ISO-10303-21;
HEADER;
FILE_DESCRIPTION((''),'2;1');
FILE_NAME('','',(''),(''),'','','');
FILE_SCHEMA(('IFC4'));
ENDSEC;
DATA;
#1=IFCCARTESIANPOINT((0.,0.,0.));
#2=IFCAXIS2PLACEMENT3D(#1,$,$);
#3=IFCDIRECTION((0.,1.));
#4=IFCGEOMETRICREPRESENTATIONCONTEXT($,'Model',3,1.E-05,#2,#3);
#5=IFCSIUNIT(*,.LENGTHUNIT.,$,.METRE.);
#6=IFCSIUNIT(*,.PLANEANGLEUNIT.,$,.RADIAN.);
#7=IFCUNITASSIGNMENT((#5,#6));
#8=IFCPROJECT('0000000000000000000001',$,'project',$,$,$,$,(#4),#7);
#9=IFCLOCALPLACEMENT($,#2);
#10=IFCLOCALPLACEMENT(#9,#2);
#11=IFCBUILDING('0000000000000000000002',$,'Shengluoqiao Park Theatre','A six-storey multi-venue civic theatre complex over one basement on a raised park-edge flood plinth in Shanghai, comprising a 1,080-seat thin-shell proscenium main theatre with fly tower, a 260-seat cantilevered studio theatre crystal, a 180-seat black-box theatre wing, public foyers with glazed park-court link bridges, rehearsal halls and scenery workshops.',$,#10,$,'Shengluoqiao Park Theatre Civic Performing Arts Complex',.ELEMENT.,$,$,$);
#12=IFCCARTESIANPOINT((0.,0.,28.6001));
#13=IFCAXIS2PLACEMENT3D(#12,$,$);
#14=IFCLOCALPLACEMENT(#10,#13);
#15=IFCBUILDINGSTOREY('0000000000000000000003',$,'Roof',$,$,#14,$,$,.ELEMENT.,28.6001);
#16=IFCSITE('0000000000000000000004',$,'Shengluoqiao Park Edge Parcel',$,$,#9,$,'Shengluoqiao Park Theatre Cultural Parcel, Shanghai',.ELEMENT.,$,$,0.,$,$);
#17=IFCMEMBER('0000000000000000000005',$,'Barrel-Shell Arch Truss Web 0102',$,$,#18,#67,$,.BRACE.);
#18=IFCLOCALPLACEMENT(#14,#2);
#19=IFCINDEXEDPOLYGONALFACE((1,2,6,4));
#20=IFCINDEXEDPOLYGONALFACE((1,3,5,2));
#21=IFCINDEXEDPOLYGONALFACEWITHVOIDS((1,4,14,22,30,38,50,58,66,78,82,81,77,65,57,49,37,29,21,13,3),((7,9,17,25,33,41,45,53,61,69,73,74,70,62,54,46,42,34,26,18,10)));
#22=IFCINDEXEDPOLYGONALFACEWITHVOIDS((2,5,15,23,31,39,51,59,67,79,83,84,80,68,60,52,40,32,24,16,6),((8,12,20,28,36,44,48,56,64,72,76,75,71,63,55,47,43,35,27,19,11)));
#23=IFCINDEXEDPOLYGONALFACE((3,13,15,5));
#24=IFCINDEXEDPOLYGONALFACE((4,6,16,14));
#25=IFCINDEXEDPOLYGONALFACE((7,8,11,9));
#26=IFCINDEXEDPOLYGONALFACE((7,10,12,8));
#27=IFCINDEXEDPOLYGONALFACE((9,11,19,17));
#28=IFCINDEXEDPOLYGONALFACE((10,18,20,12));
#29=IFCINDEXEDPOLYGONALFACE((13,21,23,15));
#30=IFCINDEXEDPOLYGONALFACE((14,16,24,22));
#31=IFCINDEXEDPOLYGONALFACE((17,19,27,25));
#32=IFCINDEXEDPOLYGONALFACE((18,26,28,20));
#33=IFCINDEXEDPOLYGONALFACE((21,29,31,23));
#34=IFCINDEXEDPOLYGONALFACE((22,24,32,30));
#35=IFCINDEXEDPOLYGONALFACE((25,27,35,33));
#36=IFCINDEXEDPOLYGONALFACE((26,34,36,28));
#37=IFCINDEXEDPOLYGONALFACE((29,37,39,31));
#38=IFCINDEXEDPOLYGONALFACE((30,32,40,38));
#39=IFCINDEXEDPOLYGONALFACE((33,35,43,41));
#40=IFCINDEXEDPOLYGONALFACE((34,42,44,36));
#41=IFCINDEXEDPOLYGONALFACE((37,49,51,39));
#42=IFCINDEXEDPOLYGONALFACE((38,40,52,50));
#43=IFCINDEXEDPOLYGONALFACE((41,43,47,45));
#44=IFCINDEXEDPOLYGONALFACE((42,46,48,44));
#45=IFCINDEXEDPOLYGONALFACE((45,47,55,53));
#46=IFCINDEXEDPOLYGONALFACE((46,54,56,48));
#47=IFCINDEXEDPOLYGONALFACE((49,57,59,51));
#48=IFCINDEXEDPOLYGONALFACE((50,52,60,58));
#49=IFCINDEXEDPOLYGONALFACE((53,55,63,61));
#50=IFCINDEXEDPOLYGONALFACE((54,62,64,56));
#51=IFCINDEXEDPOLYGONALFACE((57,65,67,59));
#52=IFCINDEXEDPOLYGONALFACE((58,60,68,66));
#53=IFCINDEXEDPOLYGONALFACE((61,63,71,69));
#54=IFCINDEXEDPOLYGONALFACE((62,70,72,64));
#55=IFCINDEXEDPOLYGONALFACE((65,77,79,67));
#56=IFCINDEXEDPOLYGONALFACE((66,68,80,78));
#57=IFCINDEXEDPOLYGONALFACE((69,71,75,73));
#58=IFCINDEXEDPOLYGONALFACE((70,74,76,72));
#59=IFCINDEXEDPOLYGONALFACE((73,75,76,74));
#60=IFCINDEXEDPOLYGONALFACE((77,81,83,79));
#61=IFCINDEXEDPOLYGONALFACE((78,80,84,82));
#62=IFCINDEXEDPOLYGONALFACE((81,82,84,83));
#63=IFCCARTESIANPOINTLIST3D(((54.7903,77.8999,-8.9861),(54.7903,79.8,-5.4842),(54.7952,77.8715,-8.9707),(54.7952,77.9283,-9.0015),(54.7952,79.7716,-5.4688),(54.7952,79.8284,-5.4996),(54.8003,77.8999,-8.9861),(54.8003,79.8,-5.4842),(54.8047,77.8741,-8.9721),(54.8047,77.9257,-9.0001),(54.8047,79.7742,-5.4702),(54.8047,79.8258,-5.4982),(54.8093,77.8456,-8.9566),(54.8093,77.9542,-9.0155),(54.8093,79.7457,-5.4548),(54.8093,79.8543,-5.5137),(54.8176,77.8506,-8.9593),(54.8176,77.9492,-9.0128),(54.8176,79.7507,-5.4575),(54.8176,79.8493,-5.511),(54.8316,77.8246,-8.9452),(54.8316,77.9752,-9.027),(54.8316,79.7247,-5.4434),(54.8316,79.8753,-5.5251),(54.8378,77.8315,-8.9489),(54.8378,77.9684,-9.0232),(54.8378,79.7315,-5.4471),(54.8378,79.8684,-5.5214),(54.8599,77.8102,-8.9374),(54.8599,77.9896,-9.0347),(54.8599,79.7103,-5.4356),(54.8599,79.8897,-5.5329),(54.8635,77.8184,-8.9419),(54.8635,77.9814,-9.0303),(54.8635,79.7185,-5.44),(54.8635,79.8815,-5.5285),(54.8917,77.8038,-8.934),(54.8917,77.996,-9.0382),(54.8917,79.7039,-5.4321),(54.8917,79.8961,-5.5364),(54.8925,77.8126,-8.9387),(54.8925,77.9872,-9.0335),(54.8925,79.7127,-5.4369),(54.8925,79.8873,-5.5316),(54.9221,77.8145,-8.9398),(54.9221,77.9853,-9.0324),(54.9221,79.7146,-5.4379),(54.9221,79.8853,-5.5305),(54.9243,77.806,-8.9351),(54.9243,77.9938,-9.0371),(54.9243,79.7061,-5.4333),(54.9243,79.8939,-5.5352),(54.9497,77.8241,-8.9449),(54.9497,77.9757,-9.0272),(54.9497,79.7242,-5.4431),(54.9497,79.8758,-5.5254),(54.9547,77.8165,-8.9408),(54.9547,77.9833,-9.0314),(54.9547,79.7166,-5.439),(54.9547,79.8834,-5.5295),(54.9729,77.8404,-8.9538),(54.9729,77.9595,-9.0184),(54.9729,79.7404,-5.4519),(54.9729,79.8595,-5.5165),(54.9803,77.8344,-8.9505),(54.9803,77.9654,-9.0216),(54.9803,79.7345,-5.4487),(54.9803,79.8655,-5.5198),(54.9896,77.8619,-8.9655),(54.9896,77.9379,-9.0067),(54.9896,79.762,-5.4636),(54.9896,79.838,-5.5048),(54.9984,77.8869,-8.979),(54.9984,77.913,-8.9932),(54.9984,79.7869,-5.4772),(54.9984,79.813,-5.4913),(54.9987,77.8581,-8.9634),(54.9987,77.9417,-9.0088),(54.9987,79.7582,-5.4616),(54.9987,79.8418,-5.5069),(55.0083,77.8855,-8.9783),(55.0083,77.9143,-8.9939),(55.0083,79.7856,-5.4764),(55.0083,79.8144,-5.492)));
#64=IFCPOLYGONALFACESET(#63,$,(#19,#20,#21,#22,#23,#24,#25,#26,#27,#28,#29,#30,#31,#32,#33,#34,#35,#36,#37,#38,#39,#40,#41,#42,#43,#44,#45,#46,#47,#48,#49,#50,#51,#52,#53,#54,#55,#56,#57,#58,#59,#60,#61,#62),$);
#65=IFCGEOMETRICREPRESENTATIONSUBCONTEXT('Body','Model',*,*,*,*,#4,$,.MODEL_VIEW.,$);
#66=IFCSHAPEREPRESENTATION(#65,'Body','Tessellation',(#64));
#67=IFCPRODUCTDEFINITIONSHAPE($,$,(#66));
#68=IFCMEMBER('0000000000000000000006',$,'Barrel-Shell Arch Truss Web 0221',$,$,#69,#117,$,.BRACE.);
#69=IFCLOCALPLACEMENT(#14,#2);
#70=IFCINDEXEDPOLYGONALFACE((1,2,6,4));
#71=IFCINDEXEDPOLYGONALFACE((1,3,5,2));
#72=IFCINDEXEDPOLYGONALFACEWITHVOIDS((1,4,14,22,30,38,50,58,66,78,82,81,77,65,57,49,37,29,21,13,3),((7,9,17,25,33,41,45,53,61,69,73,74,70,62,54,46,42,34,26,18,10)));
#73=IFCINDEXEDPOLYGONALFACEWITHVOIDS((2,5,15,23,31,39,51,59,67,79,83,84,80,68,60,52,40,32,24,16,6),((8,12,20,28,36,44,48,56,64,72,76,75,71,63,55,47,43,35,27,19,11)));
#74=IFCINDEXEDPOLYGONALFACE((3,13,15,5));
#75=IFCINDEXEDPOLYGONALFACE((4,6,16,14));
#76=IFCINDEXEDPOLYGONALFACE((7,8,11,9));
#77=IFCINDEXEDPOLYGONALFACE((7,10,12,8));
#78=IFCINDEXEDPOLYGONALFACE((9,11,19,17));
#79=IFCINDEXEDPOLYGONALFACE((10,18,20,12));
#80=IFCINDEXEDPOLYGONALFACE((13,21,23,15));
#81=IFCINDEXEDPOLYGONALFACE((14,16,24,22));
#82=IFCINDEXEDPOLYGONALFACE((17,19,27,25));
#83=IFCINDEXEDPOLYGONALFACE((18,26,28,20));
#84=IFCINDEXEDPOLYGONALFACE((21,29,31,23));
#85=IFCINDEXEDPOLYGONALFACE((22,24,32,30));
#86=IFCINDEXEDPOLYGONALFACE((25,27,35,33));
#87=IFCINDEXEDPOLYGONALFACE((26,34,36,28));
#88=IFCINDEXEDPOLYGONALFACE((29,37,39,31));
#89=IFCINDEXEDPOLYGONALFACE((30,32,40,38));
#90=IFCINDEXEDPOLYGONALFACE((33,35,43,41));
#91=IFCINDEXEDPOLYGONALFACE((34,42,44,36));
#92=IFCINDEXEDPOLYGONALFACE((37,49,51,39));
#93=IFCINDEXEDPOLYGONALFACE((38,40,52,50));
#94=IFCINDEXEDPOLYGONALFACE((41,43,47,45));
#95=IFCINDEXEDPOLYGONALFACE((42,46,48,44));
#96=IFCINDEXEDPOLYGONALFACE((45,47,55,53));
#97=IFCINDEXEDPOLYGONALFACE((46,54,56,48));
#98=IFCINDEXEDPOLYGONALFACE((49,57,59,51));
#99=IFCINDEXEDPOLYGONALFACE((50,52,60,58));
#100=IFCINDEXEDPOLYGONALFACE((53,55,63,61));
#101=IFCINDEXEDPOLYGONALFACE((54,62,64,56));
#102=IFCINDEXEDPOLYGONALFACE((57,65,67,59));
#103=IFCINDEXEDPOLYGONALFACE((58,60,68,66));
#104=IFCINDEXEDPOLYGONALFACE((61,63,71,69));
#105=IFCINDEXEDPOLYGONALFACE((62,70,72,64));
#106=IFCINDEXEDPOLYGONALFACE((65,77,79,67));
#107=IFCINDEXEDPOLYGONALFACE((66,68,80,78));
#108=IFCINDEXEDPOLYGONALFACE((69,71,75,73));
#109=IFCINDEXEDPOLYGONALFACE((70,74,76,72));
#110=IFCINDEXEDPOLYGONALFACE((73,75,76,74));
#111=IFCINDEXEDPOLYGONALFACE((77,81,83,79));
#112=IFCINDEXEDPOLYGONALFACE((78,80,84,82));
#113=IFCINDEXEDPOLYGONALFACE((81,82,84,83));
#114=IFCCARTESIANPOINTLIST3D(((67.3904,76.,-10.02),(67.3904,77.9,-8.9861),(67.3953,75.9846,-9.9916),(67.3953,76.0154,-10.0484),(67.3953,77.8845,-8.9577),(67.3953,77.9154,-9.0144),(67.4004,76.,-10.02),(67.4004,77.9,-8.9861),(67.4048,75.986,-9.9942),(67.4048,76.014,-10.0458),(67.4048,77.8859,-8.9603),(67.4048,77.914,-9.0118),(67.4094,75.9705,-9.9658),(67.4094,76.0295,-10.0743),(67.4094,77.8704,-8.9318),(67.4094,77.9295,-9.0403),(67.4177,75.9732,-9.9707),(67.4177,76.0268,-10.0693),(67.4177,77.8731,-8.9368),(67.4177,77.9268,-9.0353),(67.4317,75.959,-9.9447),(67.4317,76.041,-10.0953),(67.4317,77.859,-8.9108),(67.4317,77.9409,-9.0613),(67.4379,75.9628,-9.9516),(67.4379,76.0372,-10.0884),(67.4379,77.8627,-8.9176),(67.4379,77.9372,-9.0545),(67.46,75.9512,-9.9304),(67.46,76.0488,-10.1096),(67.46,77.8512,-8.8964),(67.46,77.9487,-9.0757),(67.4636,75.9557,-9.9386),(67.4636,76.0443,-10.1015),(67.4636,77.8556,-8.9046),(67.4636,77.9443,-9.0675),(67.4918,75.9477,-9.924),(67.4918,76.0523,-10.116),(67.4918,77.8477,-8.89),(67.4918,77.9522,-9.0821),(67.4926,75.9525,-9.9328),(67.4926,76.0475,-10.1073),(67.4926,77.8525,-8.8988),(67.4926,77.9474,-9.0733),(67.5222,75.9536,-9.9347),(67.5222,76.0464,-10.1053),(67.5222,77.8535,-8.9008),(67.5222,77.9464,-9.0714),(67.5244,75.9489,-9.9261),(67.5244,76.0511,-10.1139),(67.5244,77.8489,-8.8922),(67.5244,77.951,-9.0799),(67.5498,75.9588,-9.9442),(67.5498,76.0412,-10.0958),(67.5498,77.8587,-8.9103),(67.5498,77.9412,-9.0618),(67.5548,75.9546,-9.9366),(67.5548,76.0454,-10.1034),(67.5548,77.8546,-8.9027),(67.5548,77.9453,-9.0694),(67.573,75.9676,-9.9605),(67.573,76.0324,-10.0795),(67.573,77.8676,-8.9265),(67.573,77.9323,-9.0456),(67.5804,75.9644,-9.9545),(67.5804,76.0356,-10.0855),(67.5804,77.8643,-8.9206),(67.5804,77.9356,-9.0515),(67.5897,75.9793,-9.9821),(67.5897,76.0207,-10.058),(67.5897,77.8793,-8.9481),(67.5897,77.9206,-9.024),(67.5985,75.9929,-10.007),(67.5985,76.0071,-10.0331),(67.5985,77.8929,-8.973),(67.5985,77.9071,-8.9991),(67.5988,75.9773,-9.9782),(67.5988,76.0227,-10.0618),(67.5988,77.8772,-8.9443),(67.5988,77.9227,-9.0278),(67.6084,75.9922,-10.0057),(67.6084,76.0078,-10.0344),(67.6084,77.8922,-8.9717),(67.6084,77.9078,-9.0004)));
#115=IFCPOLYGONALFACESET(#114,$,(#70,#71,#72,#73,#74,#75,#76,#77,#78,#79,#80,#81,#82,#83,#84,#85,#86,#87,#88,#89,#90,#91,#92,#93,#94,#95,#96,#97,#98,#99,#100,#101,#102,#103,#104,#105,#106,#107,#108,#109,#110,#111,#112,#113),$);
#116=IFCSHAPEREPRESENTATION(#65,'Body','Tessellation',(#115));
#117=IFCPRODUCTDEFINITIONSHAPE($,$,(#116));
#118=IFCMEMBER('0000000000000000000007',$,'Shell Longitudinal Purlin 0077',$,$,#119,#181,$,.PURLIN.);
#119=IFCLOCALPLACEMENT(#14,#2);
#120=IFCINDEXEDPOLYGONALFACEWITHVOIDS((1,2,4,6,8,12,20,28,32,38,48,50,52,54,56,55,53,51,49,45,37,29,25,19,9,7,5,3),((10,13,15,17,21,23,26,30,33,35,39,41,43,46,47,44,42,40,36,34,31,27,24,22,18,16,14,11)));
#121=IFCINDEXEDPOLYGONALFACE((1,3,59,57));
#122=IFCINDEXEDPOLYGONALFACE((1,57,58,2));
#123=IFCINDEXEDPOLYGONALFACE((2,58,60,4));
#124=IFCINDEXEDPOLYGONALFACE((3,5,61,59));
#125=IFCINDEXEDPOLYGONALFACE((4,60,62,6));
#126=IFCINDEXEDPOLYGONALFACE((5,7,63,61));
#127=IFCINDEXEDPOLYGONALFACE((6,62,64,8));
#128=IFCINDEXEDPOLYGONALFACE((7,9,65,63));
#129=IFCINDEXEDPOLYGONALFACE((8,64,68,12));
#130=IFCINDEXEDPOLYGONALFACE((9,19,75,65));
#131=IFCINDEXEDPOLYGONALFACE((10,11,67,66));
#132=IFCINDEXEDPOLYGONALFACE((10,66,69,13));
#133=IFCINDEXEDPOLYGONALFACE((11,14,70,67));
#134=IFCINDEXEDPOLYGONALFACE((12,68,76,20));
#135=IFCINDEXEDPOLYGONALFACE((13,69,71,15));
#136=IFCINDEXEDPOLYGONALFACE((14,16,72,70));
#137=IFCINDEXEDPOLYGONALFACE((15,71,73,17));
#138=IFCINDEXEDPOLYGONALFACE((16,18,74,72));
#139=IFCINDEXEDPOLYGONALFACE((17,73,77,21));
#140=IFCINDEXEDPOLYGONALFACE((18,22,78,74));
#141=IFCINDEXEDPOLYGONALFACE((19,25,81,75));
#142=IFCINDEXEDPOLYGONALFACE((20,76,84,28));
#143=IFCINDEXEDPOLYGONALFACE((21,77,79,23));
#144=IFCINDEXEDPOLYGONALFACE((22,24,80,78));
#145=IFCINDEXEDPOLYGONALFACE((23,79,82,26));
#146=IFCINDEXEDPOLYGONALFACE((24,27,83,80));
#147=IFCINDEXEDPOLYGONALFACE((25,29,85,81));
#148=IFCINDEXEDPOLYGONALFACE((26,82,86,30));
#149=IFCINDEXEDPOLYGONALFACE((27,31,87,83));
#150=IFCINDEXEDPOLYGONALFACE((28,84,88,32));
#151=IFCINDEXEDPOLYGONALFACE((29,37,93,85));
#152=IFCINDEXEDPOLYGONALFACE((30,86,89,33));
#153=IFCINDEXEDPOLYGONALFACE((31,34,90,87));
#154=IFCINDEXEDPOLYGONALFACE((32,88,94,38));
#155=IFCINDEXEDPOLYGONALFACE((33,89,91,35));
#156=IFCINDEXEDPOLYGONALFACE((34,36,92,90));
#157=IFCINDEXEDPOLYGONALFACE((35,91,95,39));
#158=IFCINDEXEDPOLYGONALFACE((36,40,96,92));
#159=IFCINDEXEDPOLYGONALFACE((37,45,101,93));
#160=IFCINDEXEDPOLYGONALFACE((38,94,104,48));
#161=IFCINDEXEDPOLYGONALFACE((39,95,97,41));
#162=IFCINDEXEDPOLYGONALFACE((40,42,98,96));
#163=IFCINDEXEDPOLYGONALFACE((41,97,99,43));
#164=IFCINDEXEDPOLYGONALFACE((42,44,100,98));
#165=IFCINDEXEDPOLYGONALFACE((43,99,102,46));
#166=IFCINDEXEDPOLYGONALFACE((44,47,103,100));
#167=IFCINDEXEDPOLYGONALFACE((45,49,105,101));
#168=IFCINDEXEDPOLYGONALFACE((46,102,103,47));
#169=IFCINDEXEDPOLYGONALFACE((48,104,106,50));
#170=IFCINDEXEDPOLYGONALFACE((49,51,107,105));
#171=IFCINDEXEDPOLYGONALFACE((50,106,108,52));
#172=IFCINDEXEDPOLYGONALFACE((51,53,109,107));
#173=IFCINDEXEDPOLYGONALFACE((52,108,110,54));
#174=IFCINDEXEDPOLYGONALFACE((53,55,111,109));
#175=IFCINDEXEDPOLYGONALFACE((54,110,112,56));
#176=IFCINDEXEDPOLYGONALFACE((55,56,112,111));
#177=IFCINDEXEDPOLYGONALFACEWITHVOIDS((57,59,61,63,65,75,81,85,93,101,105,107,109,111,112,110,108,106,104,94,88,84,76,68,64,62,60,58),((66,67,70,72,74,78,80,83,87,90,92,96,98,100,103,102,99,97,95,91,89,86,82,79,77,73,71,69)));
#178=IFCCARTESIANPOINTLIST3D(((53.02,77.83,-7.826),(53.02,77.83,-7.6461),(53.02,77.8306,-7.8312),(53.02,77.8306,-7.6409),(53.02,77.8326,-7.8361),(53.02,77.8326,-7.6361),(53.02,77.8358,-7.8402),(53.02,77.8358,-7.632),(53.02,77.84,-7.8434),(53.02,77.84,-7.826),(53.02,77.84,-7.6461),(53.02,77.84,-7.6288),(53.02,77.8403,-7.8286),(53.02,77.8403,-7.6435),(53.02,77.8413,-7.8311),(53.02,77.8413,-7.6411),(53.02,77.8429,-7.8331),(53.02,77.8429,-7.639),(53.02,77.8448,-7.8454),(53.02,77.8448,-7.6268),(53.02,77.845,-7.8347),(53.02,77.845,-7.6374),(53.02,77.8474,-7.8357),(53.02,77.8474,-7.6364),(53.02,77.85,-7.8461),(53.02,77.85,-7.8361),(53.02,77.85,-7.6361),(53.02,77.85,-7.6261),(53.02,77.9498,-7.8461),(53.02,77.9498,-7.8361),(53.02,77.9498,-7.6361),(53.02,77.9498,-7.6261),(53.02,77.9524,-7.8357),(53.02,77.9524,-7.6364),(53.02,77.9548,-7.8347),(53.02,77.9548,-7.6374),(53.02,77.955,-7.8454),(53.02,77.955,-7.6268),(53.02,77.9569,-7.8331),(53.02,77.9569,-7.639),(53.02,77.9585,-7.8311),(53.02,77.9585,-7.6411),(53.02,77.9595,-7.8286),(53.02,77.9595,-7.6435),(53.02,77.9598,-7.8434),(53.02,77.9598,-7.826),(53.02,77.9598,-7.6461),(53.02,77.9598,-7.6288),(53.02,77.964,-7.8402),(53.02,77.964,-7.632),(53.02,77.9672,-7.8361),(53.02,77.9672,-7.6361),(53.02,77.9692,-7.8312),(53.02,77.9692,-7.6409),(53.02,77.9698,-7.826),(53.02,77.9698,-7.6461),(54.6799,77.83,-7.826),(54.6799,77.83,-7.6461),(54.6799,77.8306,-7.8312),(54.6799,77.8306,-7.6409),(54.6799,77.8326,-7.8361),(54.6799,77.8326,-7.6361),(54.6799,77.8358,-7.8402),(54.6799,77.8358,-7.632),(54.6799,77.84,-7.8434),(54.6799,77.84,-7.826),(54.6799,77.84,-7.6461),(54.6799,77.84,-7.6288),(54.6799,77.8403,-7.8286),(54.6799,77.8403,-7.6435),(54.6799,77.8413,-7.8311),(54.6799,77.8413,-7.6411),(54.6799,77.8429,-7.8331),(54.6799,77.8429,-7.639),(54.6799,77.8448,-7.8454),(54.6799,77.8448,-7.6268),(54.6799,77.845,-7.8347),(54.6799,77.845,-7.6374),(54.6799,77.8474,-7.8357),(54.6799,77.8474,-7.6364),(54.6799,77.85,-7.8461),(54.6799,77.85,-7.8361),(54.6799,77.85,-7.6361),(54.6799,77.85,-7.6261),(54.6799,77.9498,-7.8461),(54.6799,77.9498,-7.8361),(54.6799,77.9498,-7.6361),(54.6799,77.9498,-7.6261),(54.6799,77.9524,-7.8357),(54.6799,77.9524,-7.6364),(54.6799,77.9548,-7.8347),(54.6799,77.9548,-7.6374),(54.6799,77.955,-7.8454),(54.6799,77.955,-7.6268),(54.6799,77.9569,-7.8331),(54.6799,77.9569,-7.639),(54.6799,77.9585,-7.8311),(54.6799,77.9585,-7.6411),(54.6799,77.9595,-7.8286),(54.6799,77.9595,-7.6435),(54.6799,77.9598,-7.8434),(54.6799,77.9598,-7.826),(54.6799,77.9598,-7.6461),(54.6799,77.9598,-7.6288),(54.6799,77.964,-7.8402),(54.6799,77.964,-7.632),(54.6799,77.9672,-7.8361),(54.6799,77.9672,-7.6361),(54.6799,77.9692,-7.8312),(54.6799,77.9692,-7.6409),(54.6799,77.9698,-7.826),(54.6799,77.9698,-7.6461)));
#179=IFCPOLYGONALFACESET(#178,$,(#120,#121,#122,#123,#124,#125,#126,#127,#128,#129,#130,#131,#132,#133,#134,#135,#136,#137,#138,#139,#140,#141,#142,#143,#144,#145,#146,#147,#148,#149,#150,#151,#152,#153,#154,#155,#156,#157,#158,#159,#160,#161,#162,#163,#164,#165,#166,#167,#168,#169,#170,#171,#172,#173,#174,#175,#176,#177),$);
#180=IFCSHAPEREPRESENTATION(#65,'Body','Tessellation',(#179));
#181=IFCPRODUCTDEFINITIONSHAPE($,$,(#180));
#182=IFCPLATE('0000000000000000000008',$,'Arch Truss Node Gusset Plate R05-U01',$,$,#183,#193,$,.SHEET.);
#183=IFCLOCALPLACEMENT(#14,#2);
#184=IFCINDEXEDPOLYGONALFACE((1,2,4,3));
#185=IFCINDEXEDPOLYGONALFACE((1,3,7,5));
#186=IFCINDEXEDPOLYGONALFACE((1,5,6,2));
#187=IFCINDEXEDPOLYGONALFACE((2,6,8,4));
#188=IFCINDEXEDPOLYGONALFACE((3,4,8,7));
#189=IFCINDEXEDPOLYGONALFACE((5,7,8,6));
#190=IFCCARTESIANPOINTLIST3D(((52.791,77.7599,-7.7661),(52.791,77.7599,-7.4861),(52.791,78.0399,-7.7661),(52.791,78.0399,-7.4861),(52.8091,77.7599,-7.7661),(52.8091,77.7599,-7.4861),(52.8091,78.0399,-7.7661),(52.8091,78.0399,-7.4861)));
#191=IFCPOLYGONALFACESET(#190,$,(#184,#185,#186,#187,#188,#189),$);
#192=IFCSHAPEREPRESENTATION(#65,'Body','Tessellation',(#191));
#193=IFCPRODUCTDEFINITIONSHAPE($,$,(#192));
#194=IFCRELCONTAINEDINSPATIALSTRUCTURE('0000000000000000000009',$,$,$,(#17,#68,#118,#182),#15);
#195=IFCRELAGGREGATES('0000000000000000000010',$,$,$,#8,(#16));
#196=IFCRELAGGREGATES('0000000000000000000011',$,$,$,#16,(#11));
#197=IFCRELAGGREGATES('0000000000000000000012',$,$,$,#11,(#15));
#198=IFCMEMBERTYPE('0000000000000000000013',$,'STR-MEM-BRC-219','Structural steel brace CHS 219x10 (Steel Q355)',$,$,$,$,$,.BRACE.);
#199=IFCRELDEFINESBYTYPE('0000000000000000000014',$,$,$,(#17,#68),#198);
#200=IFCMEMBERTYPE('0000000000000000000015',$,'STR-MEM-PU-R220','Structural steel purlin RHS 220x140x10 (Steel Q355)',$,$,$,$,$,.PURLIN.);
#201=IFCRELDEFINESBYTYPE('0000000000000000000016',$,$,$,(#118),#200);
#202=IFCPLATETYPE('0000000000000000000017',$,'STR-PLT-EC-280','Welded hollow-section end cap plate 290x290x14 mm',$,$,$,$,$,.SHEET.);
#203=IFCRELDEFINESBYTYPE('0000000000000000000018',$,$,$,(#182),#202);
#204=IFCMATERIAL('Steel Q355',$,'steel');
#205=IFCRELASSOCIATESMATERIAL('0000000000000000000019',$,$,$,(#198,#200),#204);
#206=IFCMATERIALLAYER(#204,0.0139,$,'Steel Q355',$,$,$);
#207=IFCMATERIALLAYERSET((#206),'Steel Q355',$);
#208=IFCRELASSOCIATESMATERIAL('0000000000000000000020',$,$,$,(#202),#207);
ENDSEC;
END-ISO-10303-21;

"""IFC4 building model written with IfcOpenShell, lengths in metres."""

from ifc_helpers import new_model, si_unit, direction, frame, origin, origin_2d, place, context, subcontext, project, spatial, rectangle, hollow_rectangle, hollow_circle, extrude, material, layer, layer_set, material_profile, profile_set, type_object, element, save


model = new_model("IFC4")

# Units and contexts
model_context = context("Model", 3, precision=1e-05, world=origin(), true_north=direction((0.0, 1.0)))
body_context = subcontext(model_context, "Body", "Model", "MODEL_VIEW")
ifc_project = project(units=[si_unit("LENGTHUNIT", "METRE"), si_unit("PLANEANGLEUNIT", "RADIAN")], contexts=[model_context])

# Site, building, storey
site_placement = place(None, origin())
site = spatial("IfcSite", under=ifc_project, at=site_placement, Name="Shengluoqiao Park Edge Parcel", LongName="Shengluoqiao Park Theatre Cultural Parcel, Shanghai", CompositionType="ELEMENT", RefElevation=0.0)
building_placement = place(site_placement, origin())
building = spatial("IfcBuilding", under=site, at=building_placement, Name="Shengluoqiao Park Theatre", Description="A six-storey multi-venue civic theatre complex over one basement on a raised park-edge flood plinth in Shanghai, comprising a 1,080-seat thin-shell proscenium main theatre with fly tower, a 260-seat cantilevered studio theatre crystal, a 180-seat black-box theatre wing, public foyers with glazed park-court link bridges, rehearsal halls and scenery workshops.", LongName="Shengluoqiao Park Theatre Civic Performing Arts Complex", CompositionType="ELEMENT")
storey_placement = place(building_placement, frame((0.0, 0.0, 28.6001)))
storey = spatial("IfcBuildingStorey", under=building, at=storey_placement, Name="Roof", CompositionType="ELEMENT", Elevation=28.6001)

# Shared definitions
ifc_material_1 = material(Name="Steel Q355", Category="steel")

# Members
ifc_material_profile_1 = material_profile(ifc_material_1, hollow_circle(Radius=0.1096, WallThickness=0.01, at=origin_2d()), Name="CHS 219x10")
ifc_profile_set_1 = profile_set([ifc_material_profile_1], Name="Steel Q355")
member_type_1 = type_object("IfcMemberType", Name="STR-MEM-BRC-219", Description="Structural steel brace CHS 219x10 (Steel Q355)", PredefinedType="BRACE", material=ifc_profile_set_1)
for number, where, z_axis, x_axis, name in (
    (1, (54.8999, 77.8999, -8.9861), (0.0, 0.476915, 0.87895), (-1.0, 0.0, 0.0), "Barrel-Shell Arch Truss Web 0102"),
):
    element("IfcMember", number, at=place(storey_placement, frame(where, z_axis=z_axis, x_axis=x_axis)), inside=storey, type_object=member_type_1, Name=name, PredefinedType="BRACE", context=body_context, shape_type="SweptSolid", body=[
        extrude(hollow_circle(Radius=0.1096, WallThickness=0.01, at=origin_2d()), origin(), (0.0, 0.0, 1.0), 3.9841),
    ])
member_1_placement = place(storey_placement, frame((67.5, 76.0, -10.02), z_axis=(0.0, 0.878357, 0.478006), x_axis=(-1.0, 0.0, 0.0)))
element("IfcMember", 2, at=member_1_placement, inside=storey, type_object=member_type_1, Name="Barrel-Shell Arch Truss Web 0221", PredefinedType="BRACE", context=body_context, shape_type="SweptSolid", body=[
    extrude(hollow_circle(Radius=0.1096, WallThickness=0.01, at=origin_2d()), origin(), (0.0, 0.0, 1.0), 2.1631),
])
ifc_material_profile_2 = material_profile(ifc_material_1, hollow_rectangle(XDim=0.1399, YDim=0.22, WallThickness=0.01, InnerFilletRadius=0.01, OuterFilletRadius=0.02, at=origin_2d()), Name="RHS 220x140x10")
ifc_profile_set_2 = profile_set([ifc_material_profile_2], Name="Steel Q355")
member_type_2 = type_object("IfcMemberType", Name="STR-MEM-PU-R220", Description="Structural steel purlin RHS 220x140x10 (Steel Q355)", PredefinedType="PURLIN", material=ifc_profile_set_2)
member_2_placement = place(storey_placement, frame((53.02, 77.8999, -7.7361), z_axis=(1.0, 0.0, 0.0), x_axis=(0.0, 1.0, 0.0)))
element("IfcMember", 3, at=member_2_placement, inside=storey, type_object=member_type_2, Name="Shell Longitudinal Purlin 0077", PredefinedType="PURLIN", context=body_context, shape_type="SweptSolid", body=[
    extrude(hollow_rectangle(XDim=0.1399, YDim=0.22, WallThickness=0.01, InnerFilletRadius=0.01, OuterFilletRadius=0.02, at=origin_2d()), origin(), (0.0, 0.0, 1.0), 1.6599),
])

# Plate
ifc_layer_1 = layer(ifc_material_1, 0.0139, Name="Steel Q355")
ifc_layer_set_1 = layer_set([ifc_layer_1], Name="Steel Q355")
plate_type_1 = type_object("IfcPlateType", Name="STR-PLT-EC-280", Description="Welded hollow-section end cap plate 290x290x14 mm", PredefinedType="SHEET", material=ifc_layer_set_1)
for number, where, z_axis, x_axis, name in (
    (4, (52.8, 77.8999, -7.7661), (0.0, 0.0, 1.0), (1.0, 0.0, 0.0), "Arch Truss Node Gusset Plate R05-U01"),
):
    element("IfcPlate", number, at=place(storey_placement, frame(where, z_axis=z_axis, x_axis=x_axis)), inside=storey, type_object=plate_type_1, Name=name, PredefinedType="SHEET", context=body_context, shape_type="SweptSolid", body=[
        extrude(rectangle(XDim=0.0181, YDim=0.28, at=origin_2d()), origin(), (0.0, 0.0, 1.0), 0.28),
    ])

save(model, "model.ifc")
